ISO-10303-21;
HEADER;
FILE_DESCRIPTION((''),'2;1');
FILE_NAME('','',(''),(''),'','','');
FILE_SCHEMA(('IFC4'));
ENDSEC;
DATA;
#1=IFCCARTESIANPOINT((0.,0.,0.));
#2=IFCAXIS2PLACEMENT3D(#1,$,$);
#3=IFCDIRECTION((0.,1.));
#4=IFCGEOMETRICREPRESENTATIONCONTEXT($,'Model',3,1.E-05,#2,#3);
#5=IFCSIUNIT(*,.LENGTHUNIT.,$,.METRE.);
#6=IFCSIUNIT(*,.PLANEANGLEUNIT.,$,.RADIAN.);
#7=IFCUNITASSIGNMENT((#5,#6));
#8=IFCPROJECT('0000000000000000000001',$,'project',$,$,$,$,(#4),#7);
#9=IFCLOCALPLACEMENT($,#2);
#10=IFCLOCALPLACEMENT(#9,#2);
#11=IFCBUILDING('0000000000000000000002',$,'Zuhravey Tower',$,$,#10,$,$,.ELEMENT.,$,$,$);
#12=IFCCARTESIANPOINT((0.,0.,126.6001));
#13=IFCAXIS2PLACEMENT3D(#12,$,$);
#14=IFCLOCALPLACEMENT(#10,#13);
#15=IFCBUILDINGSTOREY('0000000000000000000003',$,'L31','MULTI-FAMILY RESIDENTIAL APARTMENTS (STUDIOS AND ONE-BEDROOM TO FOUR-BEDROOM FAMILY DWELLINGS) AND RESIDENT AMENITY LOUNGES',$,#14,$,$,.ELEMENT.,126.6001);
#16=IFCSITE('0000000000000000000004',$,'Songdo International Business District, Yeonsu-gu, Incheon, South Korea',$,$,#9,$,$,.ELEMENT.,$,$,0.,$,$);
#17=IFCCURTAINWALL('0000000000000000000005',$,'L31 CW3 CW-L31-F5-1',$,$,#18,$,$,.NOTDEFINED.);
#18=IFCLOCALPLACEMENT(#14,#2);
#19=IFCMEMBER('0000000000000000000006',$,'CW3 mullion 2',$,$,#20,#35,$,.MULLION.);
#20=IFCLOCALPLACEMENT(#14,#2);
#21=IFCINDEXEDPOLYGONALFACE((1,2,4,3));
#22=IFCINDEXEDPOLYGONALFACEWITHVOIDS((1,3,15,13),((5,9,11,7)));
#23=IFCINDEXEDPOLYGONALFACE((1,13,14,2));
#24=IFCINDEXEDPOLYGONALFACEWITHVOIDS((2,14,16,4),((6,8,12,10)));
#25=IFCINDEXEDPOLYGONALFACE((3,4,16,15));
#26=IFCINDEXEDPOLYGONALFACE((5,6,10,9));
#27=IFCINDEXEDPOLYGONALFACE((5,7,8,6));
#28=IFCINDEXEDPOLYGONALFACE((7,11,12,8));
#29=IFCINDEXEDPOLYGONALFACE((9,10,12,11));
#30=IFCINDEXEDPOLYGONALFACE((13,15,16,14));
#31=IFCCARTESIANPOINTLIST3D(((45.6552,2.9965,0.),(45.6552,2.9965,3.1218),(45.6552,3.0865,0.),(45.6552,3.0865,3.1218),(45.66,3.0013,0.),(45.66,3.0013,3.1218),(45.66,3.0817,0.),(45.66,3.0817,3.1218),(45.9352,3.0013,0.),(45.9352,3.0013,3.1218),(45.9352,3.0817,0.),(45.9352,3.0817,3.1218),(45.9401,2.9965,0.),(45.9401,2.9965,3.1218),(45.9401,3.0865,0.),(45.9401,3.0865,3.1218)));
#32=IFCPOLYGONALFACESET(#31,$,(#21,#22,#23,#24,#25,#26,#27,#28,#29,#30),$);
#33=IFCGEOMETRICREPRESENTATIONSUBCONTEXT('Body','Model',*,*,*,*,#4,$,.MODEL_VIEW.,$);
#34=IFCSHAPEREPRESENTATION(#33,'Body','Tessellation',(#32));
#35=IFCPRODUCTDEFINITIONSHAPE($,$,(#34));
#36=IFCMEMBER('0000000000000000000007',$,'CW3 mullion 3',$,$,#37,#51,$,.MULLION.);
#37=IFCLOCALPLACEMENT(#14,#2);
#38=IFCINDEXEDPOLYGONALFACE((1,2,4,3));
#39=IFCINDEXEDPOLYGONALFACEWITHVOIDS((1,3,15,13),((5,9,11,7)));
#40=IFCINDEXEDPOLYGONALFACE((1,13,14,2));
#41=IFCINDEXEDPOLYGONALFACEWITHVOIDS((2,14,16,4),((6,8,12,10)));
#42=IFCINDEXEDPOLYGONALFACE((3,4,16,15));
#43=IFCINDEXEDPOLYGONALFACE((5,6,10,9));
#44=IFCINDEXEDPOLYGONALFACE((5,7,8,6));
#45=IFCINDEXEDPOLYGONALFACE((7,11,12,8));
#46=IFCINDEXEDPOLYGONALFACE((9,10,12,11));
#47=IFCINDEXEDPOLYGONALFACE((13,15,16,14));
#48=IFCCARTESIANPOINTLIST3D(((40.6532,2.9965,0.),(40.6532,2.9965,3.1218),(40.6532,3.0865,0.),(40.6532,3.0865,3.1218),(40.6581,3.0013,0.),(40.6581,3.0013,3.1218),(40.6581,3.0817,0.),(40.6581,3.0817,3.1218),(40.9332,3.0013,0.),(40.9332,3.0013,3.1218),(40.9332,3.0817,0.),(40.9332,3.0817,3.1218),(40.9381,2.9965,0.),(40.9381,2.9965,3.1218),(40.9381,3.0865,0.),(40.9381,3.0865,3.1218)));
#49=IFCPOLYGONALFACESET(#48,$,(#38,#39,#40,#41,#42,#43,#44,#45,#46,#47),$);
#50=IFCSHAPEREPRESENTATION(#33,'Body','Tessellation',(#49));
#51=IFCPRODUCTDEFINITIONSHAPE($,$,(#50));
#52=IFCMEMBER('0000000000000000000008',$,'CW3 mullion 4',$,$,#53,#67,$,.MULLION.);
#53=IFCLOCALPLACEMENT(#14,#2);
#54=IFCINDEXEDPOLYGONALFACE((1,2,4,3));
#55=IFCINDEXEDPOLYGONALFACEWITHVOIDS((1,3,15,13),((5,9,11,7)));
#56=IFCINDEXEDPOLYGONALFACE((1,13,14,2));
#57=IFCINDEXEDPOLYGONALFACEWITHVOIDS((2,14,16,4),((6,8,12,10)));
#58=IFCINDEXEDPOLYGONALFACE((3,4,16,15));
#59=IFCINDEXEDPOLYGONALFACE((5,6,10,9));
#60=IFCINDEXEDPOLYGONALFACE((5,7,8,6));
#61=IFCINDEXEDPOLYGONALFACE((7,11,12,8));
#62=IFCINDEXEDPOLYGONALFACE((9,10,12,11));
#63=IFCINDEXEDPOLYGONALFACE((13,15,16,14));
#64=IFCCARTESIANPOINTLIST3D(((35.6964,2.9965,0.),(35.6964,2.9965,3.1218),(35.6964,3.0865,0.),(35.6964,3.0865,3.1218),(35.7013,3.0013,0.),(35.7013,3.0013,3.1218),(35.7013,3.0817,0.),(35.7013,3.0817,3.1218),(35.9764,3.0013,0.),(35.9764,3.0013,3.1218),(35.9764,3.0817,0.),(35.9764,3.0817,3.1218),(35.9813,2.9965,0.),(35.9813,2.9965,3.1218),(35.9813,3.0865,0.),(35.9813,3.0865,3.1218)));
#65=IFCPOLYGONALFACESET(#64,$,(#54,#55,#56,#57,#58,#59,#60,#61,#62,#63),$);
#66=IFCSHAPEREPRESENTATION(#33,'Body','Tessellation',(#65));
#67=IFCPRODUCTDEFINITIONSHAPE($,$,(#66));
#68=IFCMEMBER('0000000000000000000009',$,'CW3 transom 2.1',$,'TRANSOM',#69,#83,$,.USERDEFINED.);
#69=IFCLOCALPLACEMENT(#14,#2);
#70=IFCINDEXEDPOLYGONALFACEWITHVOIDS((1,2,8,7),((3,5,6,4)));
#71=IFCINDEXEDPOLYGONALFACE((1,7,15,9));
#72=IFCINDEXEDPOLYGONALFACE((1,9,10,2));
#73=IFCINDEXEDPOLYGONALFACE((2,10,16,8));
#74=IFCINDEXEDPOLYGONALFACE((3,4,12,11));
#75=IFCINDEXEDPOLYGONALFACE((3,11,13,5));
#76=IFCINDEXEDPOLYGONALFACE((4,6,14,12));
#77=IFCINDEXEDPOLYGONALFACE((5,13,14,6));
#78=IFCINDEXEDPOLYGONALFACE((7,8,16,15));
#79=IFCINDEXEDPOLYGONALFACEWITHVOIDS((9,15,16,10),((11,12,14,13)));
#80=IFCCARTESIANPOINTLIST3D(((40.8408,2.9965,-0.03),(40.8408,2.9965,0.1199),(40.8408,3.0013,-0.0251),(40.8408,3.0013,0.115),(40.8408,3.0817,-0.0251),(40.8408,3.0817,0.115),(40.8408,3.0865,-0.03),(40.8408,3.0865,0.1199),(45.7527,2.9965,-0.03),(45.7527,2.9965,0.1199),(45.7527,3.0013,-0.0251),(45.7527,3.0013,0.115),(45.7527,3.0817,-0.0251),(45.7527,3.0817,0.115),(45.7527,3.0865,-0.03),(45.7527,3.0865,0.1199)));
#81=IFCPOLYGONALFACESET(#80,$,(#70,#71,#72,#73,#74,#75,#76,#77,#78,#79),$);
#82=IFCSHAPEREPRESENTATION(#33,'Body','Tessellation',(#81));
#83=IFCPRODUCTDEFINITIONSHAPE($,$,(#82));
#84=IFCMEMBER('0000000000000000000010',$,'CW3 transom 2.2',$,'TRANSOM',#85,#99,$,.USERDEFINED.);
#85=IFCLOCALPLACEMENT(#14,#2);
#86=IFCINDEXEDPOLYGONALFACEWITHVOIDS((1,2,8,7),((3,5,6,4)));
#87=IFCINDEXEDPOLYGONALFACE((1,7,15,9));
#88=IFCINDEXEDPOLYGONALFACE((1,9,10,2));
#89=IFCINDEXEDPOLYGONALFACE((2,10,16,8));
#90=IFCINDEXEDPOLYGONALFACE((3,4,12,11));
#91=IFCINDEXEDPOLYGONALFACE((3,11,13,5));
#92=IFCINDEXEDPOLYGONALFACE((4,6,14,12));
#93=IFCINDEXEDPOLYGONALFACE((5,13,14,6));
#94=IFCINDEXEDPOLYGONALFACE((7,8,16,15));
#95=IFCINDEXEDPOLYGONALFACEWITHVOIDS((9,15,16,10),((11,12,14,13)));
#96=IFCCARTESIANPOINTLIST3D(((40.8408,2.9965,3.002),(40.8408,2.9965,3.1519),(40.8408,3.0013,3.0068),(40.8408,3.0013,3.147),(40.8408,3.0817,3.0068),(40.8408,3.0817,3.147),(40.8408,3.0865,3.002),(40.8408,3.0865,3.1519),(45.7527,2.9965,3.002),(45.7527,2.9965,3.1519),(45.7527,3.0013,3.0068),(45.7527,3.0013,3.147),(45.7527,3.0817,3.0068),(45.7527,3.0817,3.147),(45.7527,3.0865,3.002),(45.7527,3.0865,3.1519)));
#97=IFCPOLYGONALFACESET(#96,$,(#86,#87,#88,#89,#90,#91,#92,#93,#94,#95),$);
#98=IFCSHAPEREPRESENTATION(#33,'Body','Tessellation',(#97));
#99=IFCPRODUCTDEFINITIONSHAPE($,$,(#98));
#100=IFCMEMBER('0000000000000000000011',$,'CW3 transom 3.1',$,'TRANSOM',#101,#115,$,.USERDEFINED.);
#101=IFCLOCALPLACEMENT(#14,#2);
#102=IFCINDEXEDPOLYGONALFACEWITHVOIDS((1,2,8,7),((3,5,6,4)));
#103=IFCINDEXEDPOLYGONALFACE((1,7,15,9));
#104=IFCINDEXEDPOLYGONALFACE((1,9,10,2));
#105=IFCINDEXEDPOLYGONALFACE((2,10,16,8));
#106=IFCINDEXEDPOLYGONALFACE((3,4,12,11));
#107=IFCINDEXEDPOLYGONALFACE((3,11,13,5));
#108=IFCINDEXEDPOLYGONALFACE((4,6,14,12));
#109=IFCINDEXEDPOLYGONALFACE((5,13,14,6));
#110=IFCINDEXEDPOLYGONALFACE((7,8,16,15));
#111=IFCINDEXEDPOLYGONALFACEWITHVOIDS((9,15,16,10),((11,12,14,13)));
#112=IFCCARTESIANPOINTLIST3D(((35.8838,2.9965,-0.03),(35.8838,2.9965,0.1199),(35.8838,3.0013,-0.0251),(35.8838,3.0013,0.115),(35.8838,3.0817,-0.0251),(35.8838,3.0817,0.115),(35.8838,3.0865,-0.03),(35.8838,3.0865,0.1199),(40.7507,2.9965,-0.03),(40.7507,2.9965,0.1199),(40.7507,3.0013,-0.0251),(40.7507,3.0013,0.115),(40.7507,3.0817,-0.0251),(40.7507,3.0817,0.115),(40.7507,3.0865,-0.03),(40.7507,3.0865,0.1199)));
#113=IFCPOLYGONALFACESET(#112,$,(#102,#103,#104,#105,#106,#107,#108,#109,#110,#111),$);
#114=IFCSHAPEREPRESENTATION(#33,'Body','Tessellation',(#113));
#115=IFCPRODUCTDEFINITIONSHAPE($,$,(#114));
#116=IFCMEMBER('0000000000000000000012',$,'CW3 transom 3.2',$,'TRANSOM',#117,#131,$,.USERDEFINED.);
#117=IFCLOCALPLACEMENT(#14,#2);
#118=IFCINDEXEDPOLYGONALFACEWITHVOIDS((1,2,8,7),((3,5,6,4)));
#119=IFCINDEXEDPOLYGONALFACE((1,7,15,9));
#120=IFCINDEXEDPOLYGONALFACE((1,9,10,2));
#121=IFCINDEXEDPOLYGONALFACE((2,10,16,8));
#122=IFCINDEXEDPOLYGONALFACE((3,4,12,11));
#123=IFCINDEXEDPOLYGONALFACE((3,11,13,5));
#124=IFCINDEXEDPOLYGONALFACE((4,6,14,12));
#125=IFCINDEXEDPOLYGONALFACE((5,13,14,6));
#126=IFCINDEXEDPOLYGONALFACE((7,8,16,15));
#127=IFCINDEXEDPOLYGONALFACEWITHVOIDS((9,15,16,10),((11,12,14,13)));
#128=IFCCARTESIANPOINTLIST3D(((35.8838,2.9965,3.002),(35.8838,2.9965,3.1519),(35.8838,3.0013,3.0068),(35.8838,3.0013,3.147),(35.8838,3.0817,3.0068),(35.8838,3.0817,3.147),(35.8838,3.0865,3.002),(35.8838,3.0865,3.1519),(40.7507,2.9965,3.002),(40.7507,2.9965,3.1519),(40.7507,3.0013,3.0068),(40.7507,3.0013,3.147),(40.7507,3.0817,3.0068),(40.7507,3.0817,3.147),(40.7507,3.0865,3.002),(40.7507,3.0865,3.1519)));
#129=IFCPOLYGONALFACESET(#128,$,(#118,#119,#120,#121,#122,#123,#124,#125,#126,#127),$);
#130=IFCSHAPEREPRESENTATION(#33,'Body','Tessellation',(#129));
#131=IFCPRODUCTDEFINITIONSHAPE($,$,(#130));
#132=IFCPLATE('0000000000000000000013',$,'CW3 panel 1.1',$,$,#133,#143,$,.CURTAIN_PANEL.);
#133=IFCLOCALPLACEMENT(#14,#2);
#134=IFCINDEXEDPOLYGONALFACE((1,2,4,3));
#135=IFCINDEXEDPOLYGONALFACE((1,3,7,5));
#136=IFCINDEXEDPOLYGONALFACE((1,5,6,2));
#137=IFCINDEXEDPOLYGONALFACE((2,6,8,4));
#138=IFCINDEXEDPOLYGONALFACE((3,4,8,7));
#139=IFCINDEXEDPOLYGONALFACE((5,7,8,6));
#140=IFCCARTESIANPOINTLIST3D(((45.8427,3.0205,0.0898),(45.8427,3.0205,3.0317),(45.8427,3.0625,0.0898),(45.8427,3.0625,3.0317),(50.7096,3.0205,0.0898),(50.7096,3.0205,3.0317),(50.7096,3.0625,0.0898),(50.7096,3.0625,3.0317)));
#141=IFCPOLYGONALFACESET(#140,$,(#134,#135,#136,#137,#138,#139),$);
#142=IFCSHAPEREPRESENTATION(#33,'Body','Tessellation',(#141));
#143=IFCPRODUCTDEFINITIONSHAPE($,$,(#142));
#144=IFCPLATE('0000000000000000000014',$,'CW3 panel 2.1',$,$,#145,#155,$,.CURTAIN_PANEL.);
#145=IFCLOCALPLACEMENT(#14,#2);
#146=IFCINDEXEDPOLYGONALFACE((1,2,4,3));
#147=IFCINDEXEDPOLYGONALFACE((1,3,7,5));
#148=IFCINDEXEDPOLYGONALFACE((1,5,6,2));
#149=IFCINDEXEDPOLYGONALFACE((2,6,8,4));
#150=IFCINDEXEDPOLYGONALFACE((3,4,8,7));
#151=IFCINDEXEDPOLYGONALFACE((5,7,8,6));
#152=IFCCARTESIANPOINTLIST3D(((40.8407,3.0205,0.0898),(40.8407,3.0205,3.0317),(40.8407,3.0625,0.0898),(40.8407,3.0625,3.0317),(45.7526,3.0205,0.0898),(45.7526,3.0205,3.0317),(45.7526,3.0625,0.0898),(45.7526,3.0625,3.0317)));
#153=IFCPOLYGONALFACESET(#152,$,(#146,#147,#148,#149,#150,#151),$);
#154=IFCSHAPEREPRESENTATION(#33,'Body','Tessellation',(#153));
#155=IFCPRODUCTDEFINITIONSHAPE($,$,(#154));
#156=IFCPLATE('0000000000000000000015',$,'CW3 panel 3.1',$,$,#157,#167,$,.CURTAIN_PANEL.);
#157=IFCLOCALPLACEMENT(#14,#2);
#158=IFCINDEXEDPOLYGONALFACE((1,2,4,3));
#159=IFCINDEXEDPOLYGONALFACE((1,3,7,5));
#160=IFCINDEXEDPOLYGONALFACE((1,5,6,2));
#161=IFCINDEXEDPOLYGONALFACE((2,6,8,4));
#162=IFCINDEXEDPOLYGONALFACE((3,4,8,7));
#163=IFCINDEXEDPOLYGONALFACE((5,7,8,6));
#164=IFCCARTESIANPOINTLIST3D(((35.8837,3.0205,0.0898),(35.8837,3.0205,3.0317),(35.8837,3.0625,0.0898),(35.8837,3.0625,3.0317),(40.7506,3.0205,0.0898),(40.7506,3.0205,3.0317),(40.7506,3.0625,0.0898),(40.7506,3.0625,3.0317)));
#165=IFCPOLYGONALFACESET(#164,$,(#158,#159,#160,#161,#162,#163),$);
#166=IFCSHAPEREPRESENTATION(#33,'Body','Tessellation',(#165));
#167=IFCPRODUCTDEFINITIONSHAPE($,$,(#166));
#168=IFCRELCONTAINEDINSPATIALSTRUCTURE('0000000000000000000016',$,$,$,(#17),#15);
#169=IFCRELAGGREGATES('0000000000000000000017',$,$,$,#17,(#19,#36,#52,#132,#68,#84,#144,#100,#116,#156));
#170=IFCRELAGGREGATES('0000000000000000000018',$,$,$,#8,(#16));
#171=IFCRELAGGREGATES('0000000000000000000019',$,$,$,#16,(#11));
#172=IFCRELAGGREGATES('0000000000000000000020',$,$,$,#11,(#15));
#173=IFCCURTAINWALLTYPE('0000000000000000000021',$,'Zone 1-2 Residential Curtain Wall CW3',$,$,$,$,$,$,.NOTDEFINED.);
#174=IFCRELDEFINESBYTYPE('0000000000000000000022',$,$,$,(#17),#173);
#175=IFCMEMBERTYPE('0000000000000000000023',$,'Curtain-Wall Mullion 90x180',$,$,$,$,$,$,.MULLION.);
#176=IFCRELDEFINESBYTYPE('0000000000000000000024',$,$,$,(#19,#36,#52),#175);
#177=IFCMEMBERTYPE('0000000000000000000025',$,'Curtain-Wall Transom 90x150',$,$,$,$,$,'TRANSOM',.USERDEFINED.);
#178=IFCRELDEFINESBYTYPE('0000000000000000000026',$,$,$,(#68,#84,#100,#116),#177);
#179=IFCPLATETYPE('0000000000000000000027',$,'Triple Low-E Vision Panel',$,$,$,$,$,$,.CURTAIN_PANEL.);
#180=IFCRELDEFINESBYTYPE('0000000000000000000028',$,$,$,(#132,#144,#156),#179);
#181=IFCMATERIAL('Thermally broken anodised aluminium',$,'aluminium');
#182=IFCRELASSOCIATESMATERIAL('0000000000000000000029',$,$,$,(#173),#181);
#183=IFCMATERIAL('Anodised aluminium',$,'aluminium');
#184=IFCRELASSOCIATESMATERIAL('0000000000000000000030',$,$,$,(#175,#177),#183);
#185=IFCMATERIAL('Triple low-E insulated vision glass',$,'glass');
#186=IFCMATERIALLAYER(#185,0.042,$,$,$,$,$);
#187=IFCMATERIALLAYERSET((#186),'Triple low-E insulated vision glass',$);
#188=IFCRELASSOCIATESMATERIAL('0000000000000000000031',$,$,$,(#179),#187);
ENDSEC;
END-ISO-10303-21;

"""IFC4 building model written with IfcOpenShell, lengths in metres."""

from ifc_helpers import new_model, si_unit, direction, frame, origin, origin_2d, place, context, subcontext, project, spatial, rectangle, hollow_rectangle, extrude, material, layer, layer_set, material_profile, profile_set, type_object, element, aggregate, save


model = new_model("IFC4")

# Units and contexts
model_context = context("Model", 3, precision=1e-05, world=origin(), true_north=direction((0.0, 1.0)))
body_context = subcontext(model_context, "Body", "Model", "MODEL_VIEW")
ifc_project = project(units=[si_unit("LENGTHUNIT", "METRE"), si_unit("PLANEANGLEUNIT", "RADIAN")], contexts=[model_context])

# Site, building, storey
site_placement = place(None, origin())
site = spatial("IfcSite", under=ifc_project, at=site_placement, Name="Songdo International Business District, Yeonsu-gu, Incheon, South Korea", CompositionType="ELEMENT", RefElevation=0.0)
building_placement = place(site_placement, origin())
building = spatial("IfcBuilding", under=site, at=building_placement, Name="Zuhravey Tower", CompositionType="ELEMENT")
storey_placement = place(building_placement, frame((0.0, 0.0, 126.6001)))
storey = spatial("IfcBuildingStorey", under=building, at=storey_placement, Name="L31", Description="MULTI-FAMILY RESIDENTIAL APARTMENTS (STUDIOS AND ONE-BEDROOM TO FOUR-BEDROOM FAMILY DWELLINGS) AND RESIDENT AMENITY LOUNGES", CompositionType="ELEMENT", Elevation=126.6001)

# Curtain wall, members, plates
ifc_material_1 = material(Name="Thermally broken anodised aluminium", Category="aluminium")
curtain_wall_type = type_object("IfcCurtainWallType", Name="Zone 1-2 Residential Curtain Wall CW3", PredefinedType="NOTDEFINED", material=ifc_material_1)
curtain_wall_placement = place(storey_placement, origin())
curtain_wall = element("IfcCurtainWall", 1, at=curtain_wall_placement, inside=storey, type_object=curtain_wall_type, Name="L31 CW3 CW-L31-F5-1", PredefinedType="NOTDEFINED")
ifc_material_2 = material(Name="Anodised aluminium", Category="aluminium")
ifc_material_profile_1 = material_profile(ifc_material_2, hollow_rectangle(XDim=0.0901, YDim=0.2849, WallThickness=0.0049, at=origin_2d()), Name="ALU-RHS-90x285x5")
ifc_profile_set_1 = profile_set([ifc_material_profile_1], Name="Anodised aluminium")
member_type_1 = type_object("IfcMemberType", Name="Curtain-Wall Mullion 90x180", PredefinedType="MULLION", material=ifc_profile_set_1)
member_1_placement = place(storey_placement, frame((45.7976, 3.0415, 0.0), z_axis=(0.0, 0.0, 1.0), x_axis=(0.0, -1.0, 0.0)))
member_1 = element("IfcMember", 2, at=member_1_placement, type_object=member_type_1, Name="CW3 mullion 2", PredefinedType="MULLION", context=body_context, shape_type="SweptSolid", body=[
    extrude(hollow_rectangle(XDim=0.0901, YDim=0.2849, WallThickness=0.0049, at=origin_2d()), origin(), (0.0, 0.0, 1.0), 3.1218),
])
member_2_placement = place(storey_placement, frame((40.7957, 3.0415, 0.0), z_axis=(0.0, 0.0, 1.0), x_axis=(0.0, -1.0, 0.0)))
member_2 = element("IfcMember", 3, at=member_2_placement, type_object=member_type_1, Name="CW3 mullion 3", PredefinedType="MULLION", context=body_context, shape_type="SweptSolid", body=[
    extrude(hollow_rectangle(XDim=0.0901, YDim=0.2849, WallThickness=0.0049, at=origin_2d()), origin(), (0.0, 0.0, 1.0), 3.1218),
])
member_3_placement = place(storey_placement, frame((35.8389, 3.0415, 0.0), z_axis=(0.0, 0.0, 1.0), x_axis=(0.0, -1.0, 0.0)))
member_3 = element("IfcMember", 4, at=member_3_placement, type_object=member_type_1, Name="CW3 mullion 4", PredefinedType="MULLION", context=body_context, shape_type="SweptSolid", body=[
    extrude(hollow_rectangle(XDim=0.0901, YDim=0.2849, WallThickness=0.0049, at=origin_2d()), origin(), (0.0, 0.0, 1.0), 3.1218),
])
ifc_material_profile_2 = material_profile(ifc_material_2, hollow_rectangle(XDim=0.0901, YDim=0.1499, WallThickness=0.0049, at=origin_2d()), Name="ALU-RHS-90x150x5")
ifc_profile_set_2 = profile_set([ifc_material_profile_2], Name="Anodised aluminium")
member_type_2 = type_object("IfcMemberType", Name="Curtain-Wall Transom 90x150", ElementType="TRANSOM", PredefinedType="USERDEFINED", material=ifc_profile_set_2)
member_4_placement = place(storey_placement, frame((45.7527, 3.0415, 0.0449), z_axis=(-1.0, 0.0, 0.0), x_axis=(0.0, -1.0, 0.0)))
member_4 = element("IfcMember", 5, at=member_4_placement, type_object=member_type_2, Name="CW3 transom 2.1", ObjectType="TRANSOM", PredefinedType="USERDEFINED", context=body_context, shape_type="SweptSolid", body=[
    extrude(hollow_rectangle(XDim=0.0901, YDim=0.1499, WallThickness=0.0049, at=origin_2d()), origin(), (0.0, 0.0, 1.0), 4.9119),
])
member_5_placement = place(storey_placement, frame((45.7527, 3.0415, 3.0769), z_axis=(-1.0, 0.0, 0.0), x_axis=(0.0, -1.0, 0.0)))
member_5 = element("IfcMember", 6, at=member_5_placement, type_object=member_type_2, Name="CW3 transom 2.2", ObjectType="TRANSOM", PredefinedType="USERDEFINED", context=body_context, shape_type="SweptSolid", body=[
    extrude(hollow_rectangle(XDim=0.0901, YDim=0.1499, WallThickness=0.0049, at=origin_2d()), origin(), (0.0, 0.0, 1.0), 4.9119),
])
member_6_placement = place(storey_placement, frame((40.7507, 3.0415, 0.0449), z_axis=(-1.0, 0.0, 0.0), x_axis=(0.0, -1.0, 0.0)))
member_6 = element("IfcMember", 7, at=member_6_placement, type_object=member_type_2, Name="CW3 transom 3.1", ObjectType="TRANSOM", PredefinedType="USERDEFINED", context=body_context, shape_type="SweptSolid", body=[
    extrude(hollow_rectangle(XDim=0.0901, YDim=0.1499, WallThickness=0.0049, at=origin_2d()), origin(), (0.0, 0.0, 1.0), 4.8669),
])
member_7_placement = place(storey_placement, frame((40.7507, 3.0415, 3.0769), z_axis=(-1.0, 0.0, 0.0), x_axis=(0.0, -1.0, 0.0)))
member_7 = element("IfcMember", 8, at=member_7_placement, type_object=member_type_2, Name="CW3 transom 3.2", ObjectType="TRANSOM", PredefinedType="USERDEFINED", context=body_context, shape_type="SweptSolid", body=[
    extrude(hollow_rectangle(XDim=0.0901, YDim=0.1499, WallThickness=0.0049, at=origin_2d()), origin(), (0.0, 0.0, 1.0), 4.8669),
])
ifc_material_3 = material(Name="Triple low-E insulated vision glass", Category="glass")
ifc_layer_1 = layer(ifc_material_3, 0.042)
ifc_layer_set_1 = layer_set([ifc_layer_1], Name="Triple low-E insulated vision glass")
plate_type = type_object("IfcPlateType", Name="Triple Low-E Vision Panel", PredefinedType="CURTAIN_PANEL", material=ifc_layer_set_1)
plate_1_placement = place(storey_placement, frame((48.2761, 3.0415, 0.0898), z_axis=(0.0, 0.0, 1.0), x_axis=(-1.0, 0.0, 0.0)))
plate_1 = element("IfcPlate", 9, at=plate_1_placement, type_object=plate_type, Name="CW3 panel 1.1", PredefinedType="CURTAIN_PANEL", context=body_context, shape_type="SweptSolid", body=[
    extrude(rectangle(XDim=4.8669, YDim=0.042, at=origin_2d()), origin(), (0.0, 0.0, 1.0), 2.9419),
])
plate_2_placement = place(storey_placement, frame((43.2966, 3.0415, 0.0898), z_axis=(0.0, 0.0, 1.0), x_axis=(-1.0, 0.0, 0.0)))
plate_2 = element("IfcPlate", 10, at=plate_2_placement, type_object=plate_type, Name="CW3 panel 2.1", PredefinedType="CURTAIN_PANEL", context=body_context, shape_type="SweptSolid", body=[
    extrude(rectangle(XDim=4.9119, YDim=0.042, at=origin_2d()), origin(), (0.0, 0.0, 1.0), 2.9419),
])
plate_3_placement = place(storey_placement, frame((38.3171, 3.0415, 0.0898), z_axis=(0.0, 0.0, 1.0), x_axis=(-1.0, 0.0, 0.0)))
plate_3 = element("IfcPlate", 11, at=plate_3_placement, type_object=plate_type, Name="CW3 panel 3.1", PredefinedType="CURTAIN_PANEL", context=body_context, shape_type="SweptSolid", body=[
    extrude(rectangle(XDim=4.8669, YDim=0.042, at=origin_2d()), origin(), (0.0, 0.0, 1.0), 2.9419),
])
aggregate(curtain_wall, [member_1, member_2, member_3, plate_1, member_4, member_5, plate_2, member_6, member_7, plate_3])

save(model, "model.ifc")
